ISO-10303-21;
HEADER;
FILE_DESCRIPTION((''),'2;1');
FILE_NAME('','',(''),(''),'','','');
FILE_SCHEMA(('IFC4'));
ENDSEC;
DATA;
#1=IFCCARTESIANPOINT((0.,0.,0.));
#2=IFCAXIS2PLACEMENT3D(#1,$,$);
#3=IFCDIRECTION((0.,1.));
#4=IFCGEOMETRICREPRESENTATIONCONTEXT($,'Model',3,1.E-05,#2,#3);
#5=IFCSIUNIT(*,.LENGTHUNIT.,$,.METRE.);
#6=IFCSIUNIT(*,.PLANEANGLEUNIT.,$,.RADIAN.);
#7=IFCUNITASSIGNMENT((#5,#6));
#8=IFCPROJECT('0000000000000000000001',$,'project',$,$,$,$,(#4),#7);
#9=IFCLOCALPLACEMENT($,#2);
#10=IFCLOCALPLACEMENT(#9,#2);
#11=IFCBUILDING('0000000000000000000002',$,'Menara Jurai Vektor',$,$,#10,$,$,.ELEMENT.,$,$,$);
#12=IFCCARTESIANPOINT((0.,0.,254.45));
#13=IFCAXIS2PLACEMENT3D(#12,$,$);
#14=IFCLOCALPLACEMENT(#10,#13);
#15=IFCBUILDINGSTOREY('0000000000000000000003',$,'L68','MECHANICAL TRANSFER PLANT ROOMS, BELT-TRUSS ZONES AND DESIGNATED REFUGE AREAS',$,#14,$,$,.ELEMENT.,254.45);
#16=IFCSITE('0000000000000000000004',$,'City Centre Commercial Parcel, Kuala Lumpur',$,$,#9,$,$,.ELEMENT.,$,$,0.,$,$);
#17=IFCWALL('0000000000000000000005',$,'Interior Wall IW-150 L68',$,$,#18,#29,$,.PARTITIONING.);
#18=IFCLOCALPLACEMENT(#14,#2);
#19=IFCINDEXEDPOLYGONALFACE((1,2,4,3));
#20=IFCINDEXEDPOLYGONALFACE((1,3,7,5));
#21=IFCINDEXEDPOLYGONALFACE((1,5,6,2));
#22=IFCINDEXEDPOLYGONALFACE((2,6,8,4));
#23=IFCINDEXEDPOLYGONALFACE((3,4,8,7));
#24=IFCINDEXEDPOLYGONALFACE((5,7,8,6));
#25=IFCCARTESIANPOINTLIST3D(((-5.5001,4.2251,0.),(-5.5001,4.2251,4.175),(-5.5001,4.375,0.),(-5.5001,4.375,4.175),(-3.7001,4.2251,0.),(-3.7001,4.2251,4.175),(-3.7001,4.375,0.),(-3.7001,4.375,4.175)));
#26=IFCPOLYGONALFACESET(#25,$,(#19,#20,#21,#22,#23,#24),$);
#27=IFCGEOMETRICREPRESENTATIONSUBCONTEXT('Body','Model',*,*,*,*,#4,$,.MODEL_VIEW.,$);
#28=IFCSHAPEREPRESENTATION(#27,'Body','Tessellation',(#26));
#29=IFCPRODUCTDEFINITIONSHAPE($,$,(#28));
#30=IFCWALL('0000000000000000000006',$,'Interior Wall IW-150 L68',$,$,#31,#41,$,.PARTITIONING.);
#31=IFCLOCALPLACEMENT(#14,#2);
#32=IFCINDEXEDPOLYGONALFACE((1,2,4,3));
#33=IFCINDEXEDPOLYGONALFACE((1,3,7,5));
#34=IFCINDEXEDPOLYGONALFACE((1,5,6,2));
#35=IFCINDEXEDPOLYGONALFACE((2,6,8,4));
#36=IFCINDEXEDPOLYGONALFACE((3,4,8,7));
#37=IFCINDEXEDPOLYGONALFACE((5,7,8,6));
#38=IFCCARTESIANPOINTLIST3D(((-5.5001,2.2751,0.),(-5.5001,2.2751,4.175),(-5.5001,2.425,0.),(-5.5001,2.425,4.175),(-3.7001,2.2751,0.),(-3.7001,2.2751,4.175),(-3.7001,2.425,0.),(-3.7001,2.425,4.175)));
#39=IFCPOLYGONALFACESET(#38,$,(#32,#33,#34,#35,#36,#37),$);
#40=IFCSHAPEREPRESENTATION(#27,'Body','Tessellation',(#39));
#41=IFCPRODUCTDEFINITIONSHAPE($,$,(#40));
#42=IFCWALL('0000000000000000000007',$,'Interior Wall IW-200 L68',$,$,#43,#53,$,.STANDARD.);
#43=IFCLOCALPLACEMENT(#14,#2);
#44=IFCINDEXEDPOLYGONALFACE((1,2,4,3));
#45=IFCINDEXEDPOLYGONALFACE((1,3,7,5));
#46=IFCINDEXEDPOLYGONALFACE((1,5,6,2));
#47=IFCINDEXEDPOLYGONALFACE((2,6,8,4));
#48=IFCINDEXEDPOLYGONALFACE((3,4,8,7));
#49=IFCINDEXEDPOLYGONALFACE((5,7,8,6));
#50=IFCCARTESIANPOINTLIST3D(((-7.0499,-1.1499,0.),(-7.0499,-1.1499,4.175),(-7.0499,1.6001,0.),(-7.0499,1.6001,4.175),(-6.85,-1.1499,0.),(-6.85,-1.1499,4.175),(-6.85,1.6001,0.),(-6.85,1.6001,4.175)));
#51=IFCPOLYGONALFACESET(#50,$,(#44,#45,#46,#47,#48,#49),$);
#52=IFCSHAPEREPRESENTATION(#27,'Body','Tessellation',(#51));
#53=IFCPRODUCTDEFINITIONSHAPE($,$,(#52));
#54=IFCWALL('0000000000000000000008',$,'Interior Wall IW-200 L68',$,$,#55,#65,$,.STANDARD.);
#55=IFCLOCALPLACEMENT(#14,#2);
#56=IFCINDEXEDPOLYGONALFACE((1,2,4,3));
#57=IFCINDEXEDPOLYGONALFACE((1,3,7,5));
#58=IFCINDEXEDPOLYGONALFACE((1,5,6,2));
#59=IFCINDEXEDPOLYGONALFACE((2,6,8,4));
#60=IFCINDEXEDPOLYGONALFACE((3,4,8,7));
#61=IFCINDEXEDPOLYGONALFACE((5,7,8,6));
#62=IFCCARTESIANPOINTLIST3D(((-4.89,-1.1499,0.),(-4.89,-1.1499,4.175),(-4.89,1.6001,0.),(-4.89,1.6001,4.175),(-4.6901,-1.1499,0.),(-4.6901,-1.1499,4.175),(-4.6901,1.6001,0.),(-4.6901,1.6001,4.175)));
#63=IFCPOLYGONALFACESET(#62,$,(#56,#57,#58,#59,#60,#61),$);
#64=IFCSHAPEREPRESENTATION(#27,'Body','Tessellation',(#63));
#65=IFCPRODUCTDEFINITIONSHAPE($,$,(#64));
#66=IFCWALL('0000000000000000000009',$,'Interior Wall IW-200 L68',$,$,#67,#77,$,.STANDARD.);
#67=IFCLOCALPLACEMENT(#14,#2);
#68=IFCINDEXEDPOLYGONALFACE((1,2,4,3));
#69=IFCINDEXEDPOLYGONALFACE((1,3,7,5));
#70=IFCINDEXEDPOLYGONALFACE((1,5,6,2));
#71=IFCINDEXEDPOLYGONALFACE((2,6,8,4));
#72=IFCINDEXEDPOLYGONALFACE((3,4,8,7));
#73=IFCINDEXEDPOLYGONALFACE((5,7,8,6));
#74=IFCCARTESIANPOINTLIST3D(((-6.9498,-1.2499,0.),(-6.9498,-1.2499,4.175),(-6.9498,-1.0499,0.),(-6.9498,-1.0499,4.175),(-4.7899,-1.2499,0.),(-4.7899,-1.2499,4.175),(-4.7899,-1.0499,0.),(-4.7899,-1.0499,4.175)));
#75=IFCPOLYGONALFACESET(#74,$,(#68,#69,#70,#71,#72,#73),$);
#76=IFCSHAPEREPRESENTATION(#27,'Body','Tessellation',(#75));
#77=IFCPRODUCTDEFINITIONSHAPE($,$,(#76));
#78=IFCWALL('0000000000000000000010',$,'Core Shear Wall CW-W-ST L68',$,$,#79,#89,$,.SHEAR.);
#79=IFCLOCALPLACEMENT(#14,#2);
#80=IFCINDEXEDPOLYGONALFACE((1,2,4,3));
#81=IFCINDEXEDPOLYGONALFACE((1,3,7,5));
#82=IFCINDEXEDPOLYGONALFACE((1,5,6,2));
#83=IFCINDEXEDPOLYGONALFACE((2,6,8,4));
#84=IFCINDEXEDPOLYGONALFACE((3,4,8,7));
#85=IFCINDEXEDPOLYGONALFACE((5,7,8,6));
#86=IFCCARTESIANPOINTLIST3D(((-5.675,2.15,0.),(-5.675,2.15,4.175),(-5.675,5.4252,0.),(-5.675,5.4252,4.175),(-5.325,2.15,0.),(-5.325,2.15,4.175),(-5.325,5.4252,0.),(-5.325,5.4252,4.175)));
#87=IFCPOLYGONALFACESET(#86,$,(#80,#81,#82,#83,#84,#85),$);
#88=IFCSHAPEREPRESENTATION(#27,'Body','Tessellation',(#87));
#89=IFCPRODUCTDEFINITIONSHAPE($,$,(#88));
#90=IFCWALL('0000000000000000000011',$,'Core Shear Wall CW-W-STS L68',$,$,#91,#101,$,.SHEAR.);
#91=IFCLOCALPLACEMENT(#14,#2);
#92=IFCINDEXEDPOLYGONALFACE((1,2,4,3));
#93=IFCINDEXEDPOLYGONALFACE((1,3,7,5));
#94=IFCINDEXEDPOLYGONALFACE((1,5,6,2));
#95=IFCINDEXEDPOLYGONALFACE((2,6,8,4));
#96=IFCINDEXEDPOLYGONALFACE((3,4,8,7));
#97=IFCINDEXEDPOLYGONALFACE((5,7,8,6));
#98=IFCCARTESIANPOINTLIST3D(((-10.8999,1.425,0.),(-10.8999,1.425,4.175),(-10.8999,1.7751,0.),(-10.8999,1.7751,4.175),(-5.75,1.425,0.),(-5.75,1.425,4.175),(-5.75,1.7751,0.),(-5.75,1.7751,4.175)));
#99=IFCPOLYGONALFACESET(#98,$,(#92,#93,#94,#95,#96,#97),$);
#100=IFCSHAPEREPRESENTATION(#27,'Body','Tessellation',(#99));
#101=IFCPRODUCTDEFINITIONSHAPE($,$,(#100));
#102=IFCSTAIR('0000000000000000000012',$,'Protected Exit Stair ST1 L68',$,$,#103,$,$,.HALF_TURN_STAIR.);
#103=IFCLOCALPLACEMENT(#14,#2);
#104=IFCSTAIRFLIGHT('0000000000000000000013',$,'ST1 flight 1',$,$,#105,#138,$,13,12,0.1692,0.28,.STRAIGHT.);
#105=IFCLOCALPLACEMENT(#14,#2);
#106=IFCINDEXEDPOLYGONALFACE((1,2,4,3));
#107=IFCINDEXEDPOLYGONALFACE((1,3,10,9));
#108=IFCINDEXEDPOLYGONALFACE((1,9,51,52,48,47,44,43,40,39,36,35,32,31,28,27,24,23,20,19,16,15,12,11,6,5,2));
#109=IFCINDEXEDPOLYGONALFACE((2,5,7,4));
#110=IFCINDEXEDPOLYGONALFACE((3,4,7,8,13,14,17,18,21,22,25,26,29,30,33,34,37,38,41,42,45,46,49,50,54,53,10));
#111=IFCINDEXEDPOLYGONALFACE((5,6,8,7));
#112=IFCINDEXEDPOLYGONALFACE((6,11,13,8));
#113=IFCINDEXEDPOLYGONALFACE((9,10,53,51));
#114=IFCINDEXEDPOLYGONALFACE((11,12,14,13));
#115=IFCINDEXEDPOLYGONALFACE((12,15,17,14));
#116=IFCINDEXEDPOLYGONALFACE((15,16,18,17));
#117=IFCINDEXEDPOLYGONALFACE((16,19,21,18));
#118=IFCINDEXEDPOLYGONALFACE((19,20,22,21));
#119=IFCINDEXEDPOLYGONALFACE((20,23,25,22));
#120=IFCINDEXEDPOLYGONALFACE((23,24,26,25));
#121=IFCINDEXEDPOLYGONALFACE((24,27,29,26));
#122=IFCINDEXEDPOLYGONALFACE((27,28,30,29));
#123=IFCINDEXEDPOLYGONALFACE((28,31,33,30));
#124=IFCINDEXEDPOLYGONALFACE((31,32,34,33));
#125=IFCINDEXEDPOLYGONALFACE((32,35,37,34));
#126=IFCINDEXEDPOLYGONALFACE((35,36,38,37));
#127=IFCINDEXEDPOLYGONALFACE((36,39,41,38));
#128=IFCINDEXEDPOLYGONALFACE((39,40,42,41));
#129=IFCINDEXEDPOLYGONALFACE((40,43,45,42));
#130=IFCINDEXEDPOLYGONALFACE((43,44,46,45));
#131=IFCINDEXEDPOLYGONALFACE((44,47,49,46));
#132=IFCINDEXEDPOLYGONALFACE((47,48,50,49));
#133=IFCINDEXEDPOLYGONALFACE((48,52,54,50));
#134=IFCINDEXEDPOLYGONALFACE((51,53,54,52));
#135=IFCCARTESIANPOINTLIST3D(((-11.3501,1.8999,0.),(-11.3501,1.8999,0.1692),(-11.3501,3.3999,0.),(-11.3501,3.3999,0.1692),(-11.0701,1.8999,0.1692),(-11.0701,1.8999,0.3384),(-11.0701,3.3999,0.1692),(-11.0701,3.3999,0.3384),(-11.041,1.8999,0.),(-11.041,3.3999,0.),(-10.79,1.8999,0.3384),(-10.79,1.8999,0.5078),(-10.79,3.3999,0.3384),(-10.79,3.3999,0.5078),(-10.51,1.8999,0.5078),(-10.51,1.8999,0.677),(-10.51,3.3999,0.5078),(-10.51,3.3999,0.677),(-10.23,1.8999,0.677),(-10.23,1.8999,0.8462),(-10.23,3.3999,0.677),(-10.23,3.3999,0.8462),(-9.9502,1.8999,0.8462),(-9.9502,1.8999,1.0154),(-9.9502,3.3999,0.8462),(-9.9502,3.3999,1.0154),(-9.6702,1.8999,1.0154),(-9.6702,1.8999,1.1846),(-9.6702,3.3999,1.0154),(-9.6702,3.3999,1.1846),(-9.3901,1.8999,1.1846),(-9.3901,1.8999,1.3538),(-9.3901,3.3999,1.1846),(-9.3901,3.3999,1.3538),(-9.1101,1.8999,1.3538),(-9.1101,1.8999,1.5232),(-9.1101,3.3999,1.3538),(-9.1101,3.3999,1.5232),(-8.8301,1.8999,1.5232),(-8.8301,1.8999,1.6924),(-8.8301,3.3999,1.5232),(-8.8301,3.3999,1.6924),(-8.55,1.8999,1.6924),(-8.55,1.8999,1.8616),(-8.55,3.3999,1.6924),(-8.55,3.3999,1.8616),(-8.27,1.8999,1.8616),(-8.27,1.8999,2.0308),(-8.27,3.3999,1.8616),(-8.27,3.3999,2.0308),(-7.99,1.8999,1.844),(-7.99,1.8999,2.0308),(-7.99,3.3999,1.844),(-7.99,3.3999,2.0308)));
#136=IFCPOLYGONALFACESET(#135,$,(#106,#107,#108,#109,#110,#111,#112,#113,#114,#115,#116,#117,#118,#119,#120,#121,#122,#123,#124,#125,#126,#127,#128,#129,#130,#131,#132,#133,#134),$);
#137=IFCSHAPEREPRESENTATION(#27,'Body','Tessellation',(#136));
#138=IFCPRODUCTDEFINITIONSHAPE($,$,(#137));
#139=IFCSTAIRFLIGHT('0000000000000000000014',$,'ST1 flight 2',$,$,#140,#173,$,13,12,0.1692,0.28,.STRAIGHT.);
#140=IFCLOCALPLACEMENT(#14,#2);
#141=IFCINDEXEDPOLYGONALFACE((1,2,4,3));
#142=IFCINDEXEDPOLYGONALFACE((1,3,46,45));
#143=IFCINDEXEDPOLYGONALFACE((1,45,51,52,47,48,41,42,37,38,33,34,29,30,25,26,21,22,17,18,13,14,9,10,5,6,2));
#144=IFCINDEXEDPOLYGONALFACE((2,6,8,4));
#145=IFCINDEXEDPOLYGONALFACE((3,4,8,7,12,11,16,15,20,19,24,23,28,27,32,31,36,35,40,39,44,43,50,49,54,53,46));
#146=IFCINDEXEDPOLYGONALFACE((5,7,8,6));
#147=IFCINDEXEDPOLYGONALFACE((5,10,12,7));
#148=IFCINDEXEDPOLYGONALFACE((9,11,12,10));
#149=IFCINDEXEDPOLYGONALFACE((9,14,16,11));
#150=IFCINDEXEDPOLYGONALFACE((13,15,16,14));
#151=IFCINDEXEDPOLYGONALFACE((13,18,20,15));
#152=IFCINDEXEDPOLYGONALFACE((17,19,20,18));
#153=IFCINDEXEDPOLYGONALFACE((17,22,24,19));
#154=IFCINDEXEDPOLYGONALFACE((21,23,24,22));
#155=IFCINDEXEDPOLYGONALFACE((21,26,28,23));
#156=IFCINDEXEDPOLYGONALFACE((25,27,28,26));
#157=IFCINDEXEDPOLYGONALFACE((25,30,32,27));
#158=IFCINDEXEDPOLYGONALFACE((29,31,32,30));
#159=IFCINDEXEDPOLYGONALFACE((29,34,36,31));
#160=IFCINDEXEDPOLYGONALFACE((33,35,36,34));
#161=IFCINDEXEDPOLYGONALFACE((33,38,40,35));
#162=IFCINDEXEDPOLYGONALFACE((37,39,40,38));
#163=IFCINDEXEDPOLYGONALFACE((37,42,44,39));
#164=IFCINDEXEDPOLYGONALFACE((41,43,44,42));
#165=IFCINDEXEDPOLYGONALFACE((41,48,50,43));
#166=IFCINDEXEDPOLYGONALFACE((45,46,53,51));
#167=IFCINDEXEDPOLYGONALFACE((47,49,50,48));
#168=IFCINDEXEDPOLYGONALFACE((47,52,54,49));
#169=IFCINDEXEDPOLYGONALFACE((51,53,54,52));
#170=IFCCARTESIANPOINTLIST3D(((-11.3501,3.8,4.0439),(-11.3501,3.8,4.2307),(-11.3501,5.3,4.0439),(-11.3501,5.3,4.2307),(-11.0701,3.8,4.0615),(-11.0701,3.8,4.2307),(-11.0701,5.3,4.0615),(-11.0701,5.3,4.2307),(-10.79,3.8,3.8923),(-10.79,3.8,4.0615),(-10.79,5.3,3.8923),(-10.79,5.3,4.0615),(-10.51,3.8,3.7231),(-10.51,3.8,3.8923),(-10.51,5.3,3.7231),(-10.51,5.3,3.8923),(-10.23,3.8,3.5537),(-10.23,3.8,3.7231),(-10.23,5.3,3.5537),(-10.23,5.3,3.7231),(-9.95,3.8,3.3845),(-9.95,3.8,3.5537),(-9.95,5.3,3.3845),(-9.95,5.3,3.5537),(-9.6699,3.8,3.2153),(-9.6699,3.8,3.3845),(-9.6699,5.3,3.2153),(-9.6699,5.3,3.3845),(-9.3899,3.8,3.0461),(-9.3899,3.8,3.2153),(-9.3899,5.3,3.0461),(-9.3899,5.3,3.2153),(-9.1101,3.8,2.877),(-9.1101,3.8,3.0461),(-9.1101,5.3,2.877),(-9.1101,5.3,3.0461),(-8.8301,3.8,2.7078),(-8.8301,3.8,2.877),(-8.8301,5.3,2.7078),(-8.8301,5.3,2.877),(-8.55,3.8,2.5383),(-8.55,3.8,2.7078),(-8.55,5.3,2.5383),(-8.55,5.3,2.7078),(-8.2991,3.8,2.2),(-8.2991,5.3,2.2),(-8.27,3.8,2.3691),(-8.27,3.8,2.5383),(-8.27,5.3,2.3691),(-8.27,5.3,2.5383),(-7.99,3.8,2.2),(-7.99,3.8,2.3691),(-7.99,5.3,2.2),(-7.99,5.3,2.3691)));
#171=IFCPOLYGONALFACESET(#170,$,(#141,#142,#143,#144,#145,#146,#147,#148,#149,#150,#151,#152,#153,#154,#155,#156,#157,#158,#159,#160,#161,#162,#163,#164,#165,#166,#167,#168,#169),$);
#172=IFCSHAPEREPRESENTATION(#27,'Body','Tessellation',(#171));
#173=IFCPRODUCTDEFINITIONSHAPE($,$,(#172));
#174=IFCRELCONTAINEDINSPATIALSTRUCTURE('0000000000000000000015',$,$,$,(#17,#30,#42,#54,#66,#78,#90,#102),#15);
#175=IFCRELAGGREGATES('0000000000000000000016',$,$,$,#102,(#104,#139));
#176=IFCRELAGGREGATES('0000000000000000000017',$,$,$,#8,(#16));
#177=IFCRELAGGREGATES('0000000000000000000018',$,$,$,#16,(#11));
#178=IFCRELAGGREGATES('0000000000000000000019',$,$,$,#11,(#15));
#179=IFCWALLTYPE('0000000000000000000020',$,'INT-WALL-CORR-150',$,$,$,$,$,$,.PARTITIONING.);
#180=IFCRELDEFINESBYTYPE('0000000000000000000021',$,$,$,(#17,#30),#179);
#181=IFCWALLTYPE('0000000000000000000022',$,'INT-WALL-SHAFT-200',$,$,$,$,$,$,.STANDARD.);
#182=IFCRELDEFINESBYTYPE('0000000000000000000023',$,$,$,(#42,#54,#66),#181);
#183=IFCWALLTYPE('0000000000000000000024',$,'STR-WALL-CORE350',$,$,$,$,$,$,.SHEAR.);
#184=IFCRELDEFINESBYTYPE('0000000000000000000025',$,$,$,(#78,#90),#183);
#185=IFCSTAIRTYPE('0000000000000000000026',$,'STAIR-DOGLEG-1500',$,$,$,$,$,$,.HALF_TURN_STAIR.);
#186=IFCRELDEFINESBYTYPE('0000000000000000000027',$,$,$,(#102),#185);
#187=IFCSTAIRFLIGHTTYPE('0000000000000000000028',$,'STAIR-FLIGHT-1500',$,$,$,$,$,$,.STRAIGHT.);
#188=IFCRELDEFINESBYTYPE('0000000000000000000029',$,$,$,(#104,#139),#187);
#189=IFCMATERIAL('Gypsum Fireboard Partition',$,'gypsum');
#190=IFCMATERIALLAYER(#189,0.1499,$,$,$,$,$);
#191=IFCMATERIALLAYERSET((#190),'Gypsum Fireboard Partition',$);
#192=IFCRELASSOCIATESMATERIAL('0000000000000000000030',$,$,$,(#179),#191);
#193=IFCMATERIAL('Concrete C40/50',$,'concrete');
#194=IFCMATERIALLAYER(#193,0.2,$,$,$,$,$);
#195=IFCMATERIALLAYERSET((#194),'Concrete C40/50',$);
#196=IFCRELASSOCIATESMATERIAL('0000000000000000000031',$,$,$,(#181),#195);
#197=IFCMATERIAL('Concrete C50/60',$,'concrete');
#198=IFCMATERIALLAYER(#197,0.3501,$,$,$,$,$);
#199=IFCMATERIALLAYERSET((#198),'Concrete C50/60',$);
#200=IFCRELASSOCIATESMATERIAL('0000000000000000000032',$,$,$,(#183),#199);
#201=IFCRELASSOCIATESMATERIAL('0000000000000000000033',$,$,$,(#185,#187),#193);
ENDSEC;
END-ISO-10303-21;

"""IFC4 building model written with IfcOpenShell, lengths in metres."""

from ifc_helpers import new_model, si_unit, direction, frame, frame_2d, origin, place, context, subcontext, project, spatial, polyline, rectangle, outline, extrude, material, layer, layer_set, type_object, element, aggregate, save


model = new_model("IFC4")

# Units and contexts
model_context = context("Model", 3, precision=1e-05, world=origin(), true_north=direction((0.0, 1.0)))
body_context = subcontext(model_context, "Body", "Model", "MODEL_VIEW")
ifc_project = project(units=[si_unit("LENGTHUNIT", "METRE"), si_unit("PLANEANGLEUNIT", "RADIAN")], contexts=[model_context])

# Site, building, storey
site_placement = place(None, origin())
site = spatial("IfcSite", under=ifc_project, at=site_placement, Name="City Centre Commercial Parcel, Kuala Lumpur", CompositionType="ELEMENT", RefElevation=0.0)
building_placement = place(site_placement, origin())
building = spatial("IfcBuilding", under=site, at=building_placement, Name="Menara Jurai Vektor", CompositionType="ELEMENT")
storey_placement = place(building_placement, frame((0.0, 0.0, 254.45)))
storey = spatial("IfcBuildingStorey", under=building, at=storey_placement, Name="L68", Description="MECHANICAL TRANSFER PLANT ROOMS, BELT-TRUSS ZONES AND DESIGNATED REFUGE AREAS", CompositionType="ELEMENT", Elevation=254.45)

# Shared definitions
ifc_material_1 = material(Name="Concrete C50/60", Category="concrete")

# Shared definitions
ifc_material_2 = material(Name="Concrete C40/50", Category="concrete")

# Walls
ifc_material_3 = material(Name="Gypsum Fireboard Partition", Category="gypsum")
ifc_layer_1 = layer(ifc_material_3, 0.1499)
ifc_layer_set_1 = layer_set([ifc_layer_1], Name="Gypsum Fireboard Partition")
wall_type_1 = type_object("IfcWallType", Name="INT-WALL-CORR-150", PredefinedType="PARTITIONING", material=ifc_layer_set_1)
for number, where, z_axis, x_axis, name in (
    (1, (-5.5, 4.3, 0.0), (0.0, 0.0, 1.0), (1.0, 0.0, 0.0), "Interior Wall IW-150 L68"),
    (2, (-5.5, 2.3501, 0.0), (0.0, 0.0, 1.0), (1.0, 0.0, 0.0), "Interior Wall IW-150 L68"),
):
    element("IfcWall", number, at=place(storey_placement, frame(where, z_axis=z_axis, x_axis=x_axis)), inside=storey, type_object=wall_type_1, Name=name, PredefinedType="PARTITIONING", context=body_context, shape_type="SweptSolid", body=[
        extrude(rectangle(XDim=1.8, YDim=0.1499, at=frame_2d((0.8999, 0.0))), origin(), (0.0, 0.0, 1.0), 4.175),
    ])

# Shared definitions
ifc_layer_2 = layer(ifc_material_2, 0.2)
ifc_layer_set_2 = layer_set([ifc_layer_2], Name="Concrete C40/50")
wall_type_2 = type_object("IfcWallType", Name="INT-WALL-SHAFT-200", PredefinedType="STANDARD", material=ifc_layer_set_2)

# Wall
wall_1_placement = place(storey_placement, frame((-6.95, -1.1499, 0.0), z_axis=(0.0, 0.0, 1.0), x_axis=(0.0, 1.0, 0.0)))
element("IfcWall", 3, at=wall_1_placement, inside=storey, type_object=wall_type_2, Name="Interior Wall IW-200 L68", PredefinedType="STANDARD", context=body_context, shape_type="SweptSolid", body=[
    extrude(rectangle(XDim=2.75, YDim=0.2, at=frame_2d((1.375, 0.0))), origin(), (0.0, 0.0, 1.0), 4.175),
])

# Walls
wall_2_placement = place(storey_placement, frame((-4.79, -1.1499, 0.0), z_axis=(0.0, 0.0, 1.0), x_axis=(0.0, 1.0, 0.0)))
element("IfcWall", 4, at=wall_2_placement, inside=storey, type_object=wall_type_2, Name="Interior Wall IW-200 L68", PredefinedType="STANDARD", context=body_context, shape_type="SweptSolid", body=[
    extrude(rectangle(XDim=2.75, YDim=0.2, at=frame_2d((1.375, 0.0))), origin(), (0.0, 0.0, 1.0), 4.175),
])
wall_3_placement = place(storey_placement, frame((-6.95, -1.1499, 0.0), z_axis=(0.0, 0.0, 1.0), x_axis=(1.0, 0.0, 0.0)))
element("IfcWall", 5, at=wall_3_placement, inside=storey, type_object=wall_type_2, Name="Interior Wall IW-200 L68", PredefinedType="STANDARD", context=body_context, shape_type="SweptSolid", body=[
    extrude(rectangle(XDim=2.1599, YDim=0.2, at=frame_2d((1.0801, 0.0))), origin(), (0.0, 0.0, 1.0), 4.175),
])
ifc_layer_3 = layer(ifc_material_1, 0.3501)
ifc_layer_set_3 = layer_set([ifc_layer_3], Name="Concrete C50/60")
wall_type_3 = type_object("IfcWallType", Name="STR-WALL-CORE350", PredefinedType="SHEAR", material=ifc_layer_set_3)
wall_4_placement = place(storey_placement, frame((-5.5, 2.1499, 0.0), z_axis=(0.0, 0.0, 1.0), x_axis=(0.0, 1.0, 0.0)))
element("IfcWall", 6, at=wall_4_placement, inside=storey, type_object=wall_type_3, Name="Core Shear Wall CW-W-ST L68", PredefinedType="SHEAR", context=body_context, shape_type="SweptSolid", body=[
    extrude(rectangle(XDim=3.2751, YDim=0.3501, at=frame_2d((1.6377, 0.0))), origin(), (0.0, 0.0, 1.0), 4.175),
])
wall_5_placement = place(storey_placement, frame((-10.8999, 1.6001, 0.0), z_axis=(0.0, 0.0, 1.0), x_axis=(1.0, 0.0, 0.0)))
element("IfcWall", 7, at=wall_5_placement, inside=storey, type_object=wall_type_3, Name="Core Shear Wall CW-W-STS L68", PredefinedType="SHEAR", context=body_context, shape_type="SweptSolid", body=[
    extrude(rectangle(XDim=5.1499, YDim=0.3501, at=frame_2d((2.575, 0.0))), origin(), (0.0, 0.0, 1.0), 4.175),
])

# Stair, stair flights
stair_type = type_object("IfcStairType", Name="STAIR-DOGLEG-1500", PredefinedType="HALF_TURN_STAIR", material=ifc_material_2)
stair_placement = place(storey_placement, origin())
stair = element("IfcStair", 8, at=stair_placement, inside=storey, type_object=stair_type, Name="Protected Exit Stair ST1 L68", PredefinedType="HALF_TURN_STAIR")
stair_flight_type = type_object("IfcStairFlightType", Name="STAIR-FLIGHT-1500", PredefinedType="STRAIGHT", material=ifc_material_2)
stair_flight_1_placement = place(storey_placement, frame((-11.3501, 2.6499, 0.0), z_axis=(0.0, 0.0, 1.0), x_axis=(1.0, 0.0, 0.0)))
stair_flight_1 = element("IfcStairFlight", 9, at=stair_flight_1_placement, type_object=stair_flight_type, Name="ST1 flight 1", NumberOfRisers=13, NumberOfTreads=12, PredefinedType="STRAIGHT", RiserHeight=0.1692, TreadLength=0.28, context=body_context, shape_type="SweptSolid", body=[
    extrude(outline(polyline([(0.0, 0.0), (0.0, 0.1692), (0.28, 0.1692), (0.28, 0.3384), (0.5601, 0.3384), (0.5601, 0.5078), (0.8401, 0.5078), (0.8401, 0.677), (1.1201, 0.677), (1.1201, 0.8462), (1.3999, 0.8462), (1.3999, 1.0154), (1.6799, 1.0154), (1.6799, 1.1846), (1.96, 1.1846), (1.96, 1.3538), (2.24, 1.3538), (2.24, 1.5232), (2.52, 1.5232), (2.52, 1.6924), (2.8, 1.6924), (2.8, 1.8616), (3.0801, 1.8616), (3.0801, 2.0308), (3.3601, 2.0308), (3.3601, 2.2), (3.3601, 1.844), (0.3091, 0.0), (0.0, 0.0)])), frame((0.0, 0.75, 0.0), z_axis=(0.0, -1.0, 0.0), x_axis=(1.0, 0.0, 0.0)), (0.0, 0.0, 1.0), 1.5),
])
stair_flight_2_placement = place(storey_placement, frame((-7.99, 4.55, 2.2), z_axis=(0.0, 0.0, 1.0), x_axis=(-1.0, 0.0, 0.0)))
stair_flight_2 = element("IfcStairFlight", 10, at=stair_flight_2_placement, type_object=stair_flight_type, Name="ST1 flight 2", NumberOfRisers=13, NumberOfTreads=12, PredefinedType="STRAIGHT", RiserHeight=0.1692, TreadLength=0.28, context=body_context, shape_type="SweptSolid", body=[
    extrude(outline(polyline([(0.0, 0.0), (0.0, 0.1692), (0.28, 0.1692), (0.28, 0.3384), (0.5601, 0.3384), (0.5601, 0.5078), (0.8401, 0.5078), (0.8401, 0.677), (1.1201, 0.677), (1.1201, 0.8462), (1.3999, 0.8462), (1.3999, 1.0154), (1.6799, 1.0154), (1.6799, 1.1846), (1.96, 1.1846), (1.96, 1.3538), (2.24, 1.3538), (2.24, 1.5232), (2.52, 1.5232), (2.52, 1.6924), (2.8, 1.6924), (2.8, 1.8616), (3.0801, 1.8616), (3.0801, 2.0308), (3.3601, 2.0308), (3.3601, 2.2), (3.3601, 1.844), (0.3091, 0.0), (0.0, 0.0)])), frame((0.0, 0.75, 0.0), z_axis=(0.0, -1.0, 0.0), x_axis=(1.0, 0.0, 0.0)), (0.0, 0.0, 1.0), 1.5),
])
aggregate(stair, [stair_flight_1, stair_flight_2])

save(model, "model.ifc")
